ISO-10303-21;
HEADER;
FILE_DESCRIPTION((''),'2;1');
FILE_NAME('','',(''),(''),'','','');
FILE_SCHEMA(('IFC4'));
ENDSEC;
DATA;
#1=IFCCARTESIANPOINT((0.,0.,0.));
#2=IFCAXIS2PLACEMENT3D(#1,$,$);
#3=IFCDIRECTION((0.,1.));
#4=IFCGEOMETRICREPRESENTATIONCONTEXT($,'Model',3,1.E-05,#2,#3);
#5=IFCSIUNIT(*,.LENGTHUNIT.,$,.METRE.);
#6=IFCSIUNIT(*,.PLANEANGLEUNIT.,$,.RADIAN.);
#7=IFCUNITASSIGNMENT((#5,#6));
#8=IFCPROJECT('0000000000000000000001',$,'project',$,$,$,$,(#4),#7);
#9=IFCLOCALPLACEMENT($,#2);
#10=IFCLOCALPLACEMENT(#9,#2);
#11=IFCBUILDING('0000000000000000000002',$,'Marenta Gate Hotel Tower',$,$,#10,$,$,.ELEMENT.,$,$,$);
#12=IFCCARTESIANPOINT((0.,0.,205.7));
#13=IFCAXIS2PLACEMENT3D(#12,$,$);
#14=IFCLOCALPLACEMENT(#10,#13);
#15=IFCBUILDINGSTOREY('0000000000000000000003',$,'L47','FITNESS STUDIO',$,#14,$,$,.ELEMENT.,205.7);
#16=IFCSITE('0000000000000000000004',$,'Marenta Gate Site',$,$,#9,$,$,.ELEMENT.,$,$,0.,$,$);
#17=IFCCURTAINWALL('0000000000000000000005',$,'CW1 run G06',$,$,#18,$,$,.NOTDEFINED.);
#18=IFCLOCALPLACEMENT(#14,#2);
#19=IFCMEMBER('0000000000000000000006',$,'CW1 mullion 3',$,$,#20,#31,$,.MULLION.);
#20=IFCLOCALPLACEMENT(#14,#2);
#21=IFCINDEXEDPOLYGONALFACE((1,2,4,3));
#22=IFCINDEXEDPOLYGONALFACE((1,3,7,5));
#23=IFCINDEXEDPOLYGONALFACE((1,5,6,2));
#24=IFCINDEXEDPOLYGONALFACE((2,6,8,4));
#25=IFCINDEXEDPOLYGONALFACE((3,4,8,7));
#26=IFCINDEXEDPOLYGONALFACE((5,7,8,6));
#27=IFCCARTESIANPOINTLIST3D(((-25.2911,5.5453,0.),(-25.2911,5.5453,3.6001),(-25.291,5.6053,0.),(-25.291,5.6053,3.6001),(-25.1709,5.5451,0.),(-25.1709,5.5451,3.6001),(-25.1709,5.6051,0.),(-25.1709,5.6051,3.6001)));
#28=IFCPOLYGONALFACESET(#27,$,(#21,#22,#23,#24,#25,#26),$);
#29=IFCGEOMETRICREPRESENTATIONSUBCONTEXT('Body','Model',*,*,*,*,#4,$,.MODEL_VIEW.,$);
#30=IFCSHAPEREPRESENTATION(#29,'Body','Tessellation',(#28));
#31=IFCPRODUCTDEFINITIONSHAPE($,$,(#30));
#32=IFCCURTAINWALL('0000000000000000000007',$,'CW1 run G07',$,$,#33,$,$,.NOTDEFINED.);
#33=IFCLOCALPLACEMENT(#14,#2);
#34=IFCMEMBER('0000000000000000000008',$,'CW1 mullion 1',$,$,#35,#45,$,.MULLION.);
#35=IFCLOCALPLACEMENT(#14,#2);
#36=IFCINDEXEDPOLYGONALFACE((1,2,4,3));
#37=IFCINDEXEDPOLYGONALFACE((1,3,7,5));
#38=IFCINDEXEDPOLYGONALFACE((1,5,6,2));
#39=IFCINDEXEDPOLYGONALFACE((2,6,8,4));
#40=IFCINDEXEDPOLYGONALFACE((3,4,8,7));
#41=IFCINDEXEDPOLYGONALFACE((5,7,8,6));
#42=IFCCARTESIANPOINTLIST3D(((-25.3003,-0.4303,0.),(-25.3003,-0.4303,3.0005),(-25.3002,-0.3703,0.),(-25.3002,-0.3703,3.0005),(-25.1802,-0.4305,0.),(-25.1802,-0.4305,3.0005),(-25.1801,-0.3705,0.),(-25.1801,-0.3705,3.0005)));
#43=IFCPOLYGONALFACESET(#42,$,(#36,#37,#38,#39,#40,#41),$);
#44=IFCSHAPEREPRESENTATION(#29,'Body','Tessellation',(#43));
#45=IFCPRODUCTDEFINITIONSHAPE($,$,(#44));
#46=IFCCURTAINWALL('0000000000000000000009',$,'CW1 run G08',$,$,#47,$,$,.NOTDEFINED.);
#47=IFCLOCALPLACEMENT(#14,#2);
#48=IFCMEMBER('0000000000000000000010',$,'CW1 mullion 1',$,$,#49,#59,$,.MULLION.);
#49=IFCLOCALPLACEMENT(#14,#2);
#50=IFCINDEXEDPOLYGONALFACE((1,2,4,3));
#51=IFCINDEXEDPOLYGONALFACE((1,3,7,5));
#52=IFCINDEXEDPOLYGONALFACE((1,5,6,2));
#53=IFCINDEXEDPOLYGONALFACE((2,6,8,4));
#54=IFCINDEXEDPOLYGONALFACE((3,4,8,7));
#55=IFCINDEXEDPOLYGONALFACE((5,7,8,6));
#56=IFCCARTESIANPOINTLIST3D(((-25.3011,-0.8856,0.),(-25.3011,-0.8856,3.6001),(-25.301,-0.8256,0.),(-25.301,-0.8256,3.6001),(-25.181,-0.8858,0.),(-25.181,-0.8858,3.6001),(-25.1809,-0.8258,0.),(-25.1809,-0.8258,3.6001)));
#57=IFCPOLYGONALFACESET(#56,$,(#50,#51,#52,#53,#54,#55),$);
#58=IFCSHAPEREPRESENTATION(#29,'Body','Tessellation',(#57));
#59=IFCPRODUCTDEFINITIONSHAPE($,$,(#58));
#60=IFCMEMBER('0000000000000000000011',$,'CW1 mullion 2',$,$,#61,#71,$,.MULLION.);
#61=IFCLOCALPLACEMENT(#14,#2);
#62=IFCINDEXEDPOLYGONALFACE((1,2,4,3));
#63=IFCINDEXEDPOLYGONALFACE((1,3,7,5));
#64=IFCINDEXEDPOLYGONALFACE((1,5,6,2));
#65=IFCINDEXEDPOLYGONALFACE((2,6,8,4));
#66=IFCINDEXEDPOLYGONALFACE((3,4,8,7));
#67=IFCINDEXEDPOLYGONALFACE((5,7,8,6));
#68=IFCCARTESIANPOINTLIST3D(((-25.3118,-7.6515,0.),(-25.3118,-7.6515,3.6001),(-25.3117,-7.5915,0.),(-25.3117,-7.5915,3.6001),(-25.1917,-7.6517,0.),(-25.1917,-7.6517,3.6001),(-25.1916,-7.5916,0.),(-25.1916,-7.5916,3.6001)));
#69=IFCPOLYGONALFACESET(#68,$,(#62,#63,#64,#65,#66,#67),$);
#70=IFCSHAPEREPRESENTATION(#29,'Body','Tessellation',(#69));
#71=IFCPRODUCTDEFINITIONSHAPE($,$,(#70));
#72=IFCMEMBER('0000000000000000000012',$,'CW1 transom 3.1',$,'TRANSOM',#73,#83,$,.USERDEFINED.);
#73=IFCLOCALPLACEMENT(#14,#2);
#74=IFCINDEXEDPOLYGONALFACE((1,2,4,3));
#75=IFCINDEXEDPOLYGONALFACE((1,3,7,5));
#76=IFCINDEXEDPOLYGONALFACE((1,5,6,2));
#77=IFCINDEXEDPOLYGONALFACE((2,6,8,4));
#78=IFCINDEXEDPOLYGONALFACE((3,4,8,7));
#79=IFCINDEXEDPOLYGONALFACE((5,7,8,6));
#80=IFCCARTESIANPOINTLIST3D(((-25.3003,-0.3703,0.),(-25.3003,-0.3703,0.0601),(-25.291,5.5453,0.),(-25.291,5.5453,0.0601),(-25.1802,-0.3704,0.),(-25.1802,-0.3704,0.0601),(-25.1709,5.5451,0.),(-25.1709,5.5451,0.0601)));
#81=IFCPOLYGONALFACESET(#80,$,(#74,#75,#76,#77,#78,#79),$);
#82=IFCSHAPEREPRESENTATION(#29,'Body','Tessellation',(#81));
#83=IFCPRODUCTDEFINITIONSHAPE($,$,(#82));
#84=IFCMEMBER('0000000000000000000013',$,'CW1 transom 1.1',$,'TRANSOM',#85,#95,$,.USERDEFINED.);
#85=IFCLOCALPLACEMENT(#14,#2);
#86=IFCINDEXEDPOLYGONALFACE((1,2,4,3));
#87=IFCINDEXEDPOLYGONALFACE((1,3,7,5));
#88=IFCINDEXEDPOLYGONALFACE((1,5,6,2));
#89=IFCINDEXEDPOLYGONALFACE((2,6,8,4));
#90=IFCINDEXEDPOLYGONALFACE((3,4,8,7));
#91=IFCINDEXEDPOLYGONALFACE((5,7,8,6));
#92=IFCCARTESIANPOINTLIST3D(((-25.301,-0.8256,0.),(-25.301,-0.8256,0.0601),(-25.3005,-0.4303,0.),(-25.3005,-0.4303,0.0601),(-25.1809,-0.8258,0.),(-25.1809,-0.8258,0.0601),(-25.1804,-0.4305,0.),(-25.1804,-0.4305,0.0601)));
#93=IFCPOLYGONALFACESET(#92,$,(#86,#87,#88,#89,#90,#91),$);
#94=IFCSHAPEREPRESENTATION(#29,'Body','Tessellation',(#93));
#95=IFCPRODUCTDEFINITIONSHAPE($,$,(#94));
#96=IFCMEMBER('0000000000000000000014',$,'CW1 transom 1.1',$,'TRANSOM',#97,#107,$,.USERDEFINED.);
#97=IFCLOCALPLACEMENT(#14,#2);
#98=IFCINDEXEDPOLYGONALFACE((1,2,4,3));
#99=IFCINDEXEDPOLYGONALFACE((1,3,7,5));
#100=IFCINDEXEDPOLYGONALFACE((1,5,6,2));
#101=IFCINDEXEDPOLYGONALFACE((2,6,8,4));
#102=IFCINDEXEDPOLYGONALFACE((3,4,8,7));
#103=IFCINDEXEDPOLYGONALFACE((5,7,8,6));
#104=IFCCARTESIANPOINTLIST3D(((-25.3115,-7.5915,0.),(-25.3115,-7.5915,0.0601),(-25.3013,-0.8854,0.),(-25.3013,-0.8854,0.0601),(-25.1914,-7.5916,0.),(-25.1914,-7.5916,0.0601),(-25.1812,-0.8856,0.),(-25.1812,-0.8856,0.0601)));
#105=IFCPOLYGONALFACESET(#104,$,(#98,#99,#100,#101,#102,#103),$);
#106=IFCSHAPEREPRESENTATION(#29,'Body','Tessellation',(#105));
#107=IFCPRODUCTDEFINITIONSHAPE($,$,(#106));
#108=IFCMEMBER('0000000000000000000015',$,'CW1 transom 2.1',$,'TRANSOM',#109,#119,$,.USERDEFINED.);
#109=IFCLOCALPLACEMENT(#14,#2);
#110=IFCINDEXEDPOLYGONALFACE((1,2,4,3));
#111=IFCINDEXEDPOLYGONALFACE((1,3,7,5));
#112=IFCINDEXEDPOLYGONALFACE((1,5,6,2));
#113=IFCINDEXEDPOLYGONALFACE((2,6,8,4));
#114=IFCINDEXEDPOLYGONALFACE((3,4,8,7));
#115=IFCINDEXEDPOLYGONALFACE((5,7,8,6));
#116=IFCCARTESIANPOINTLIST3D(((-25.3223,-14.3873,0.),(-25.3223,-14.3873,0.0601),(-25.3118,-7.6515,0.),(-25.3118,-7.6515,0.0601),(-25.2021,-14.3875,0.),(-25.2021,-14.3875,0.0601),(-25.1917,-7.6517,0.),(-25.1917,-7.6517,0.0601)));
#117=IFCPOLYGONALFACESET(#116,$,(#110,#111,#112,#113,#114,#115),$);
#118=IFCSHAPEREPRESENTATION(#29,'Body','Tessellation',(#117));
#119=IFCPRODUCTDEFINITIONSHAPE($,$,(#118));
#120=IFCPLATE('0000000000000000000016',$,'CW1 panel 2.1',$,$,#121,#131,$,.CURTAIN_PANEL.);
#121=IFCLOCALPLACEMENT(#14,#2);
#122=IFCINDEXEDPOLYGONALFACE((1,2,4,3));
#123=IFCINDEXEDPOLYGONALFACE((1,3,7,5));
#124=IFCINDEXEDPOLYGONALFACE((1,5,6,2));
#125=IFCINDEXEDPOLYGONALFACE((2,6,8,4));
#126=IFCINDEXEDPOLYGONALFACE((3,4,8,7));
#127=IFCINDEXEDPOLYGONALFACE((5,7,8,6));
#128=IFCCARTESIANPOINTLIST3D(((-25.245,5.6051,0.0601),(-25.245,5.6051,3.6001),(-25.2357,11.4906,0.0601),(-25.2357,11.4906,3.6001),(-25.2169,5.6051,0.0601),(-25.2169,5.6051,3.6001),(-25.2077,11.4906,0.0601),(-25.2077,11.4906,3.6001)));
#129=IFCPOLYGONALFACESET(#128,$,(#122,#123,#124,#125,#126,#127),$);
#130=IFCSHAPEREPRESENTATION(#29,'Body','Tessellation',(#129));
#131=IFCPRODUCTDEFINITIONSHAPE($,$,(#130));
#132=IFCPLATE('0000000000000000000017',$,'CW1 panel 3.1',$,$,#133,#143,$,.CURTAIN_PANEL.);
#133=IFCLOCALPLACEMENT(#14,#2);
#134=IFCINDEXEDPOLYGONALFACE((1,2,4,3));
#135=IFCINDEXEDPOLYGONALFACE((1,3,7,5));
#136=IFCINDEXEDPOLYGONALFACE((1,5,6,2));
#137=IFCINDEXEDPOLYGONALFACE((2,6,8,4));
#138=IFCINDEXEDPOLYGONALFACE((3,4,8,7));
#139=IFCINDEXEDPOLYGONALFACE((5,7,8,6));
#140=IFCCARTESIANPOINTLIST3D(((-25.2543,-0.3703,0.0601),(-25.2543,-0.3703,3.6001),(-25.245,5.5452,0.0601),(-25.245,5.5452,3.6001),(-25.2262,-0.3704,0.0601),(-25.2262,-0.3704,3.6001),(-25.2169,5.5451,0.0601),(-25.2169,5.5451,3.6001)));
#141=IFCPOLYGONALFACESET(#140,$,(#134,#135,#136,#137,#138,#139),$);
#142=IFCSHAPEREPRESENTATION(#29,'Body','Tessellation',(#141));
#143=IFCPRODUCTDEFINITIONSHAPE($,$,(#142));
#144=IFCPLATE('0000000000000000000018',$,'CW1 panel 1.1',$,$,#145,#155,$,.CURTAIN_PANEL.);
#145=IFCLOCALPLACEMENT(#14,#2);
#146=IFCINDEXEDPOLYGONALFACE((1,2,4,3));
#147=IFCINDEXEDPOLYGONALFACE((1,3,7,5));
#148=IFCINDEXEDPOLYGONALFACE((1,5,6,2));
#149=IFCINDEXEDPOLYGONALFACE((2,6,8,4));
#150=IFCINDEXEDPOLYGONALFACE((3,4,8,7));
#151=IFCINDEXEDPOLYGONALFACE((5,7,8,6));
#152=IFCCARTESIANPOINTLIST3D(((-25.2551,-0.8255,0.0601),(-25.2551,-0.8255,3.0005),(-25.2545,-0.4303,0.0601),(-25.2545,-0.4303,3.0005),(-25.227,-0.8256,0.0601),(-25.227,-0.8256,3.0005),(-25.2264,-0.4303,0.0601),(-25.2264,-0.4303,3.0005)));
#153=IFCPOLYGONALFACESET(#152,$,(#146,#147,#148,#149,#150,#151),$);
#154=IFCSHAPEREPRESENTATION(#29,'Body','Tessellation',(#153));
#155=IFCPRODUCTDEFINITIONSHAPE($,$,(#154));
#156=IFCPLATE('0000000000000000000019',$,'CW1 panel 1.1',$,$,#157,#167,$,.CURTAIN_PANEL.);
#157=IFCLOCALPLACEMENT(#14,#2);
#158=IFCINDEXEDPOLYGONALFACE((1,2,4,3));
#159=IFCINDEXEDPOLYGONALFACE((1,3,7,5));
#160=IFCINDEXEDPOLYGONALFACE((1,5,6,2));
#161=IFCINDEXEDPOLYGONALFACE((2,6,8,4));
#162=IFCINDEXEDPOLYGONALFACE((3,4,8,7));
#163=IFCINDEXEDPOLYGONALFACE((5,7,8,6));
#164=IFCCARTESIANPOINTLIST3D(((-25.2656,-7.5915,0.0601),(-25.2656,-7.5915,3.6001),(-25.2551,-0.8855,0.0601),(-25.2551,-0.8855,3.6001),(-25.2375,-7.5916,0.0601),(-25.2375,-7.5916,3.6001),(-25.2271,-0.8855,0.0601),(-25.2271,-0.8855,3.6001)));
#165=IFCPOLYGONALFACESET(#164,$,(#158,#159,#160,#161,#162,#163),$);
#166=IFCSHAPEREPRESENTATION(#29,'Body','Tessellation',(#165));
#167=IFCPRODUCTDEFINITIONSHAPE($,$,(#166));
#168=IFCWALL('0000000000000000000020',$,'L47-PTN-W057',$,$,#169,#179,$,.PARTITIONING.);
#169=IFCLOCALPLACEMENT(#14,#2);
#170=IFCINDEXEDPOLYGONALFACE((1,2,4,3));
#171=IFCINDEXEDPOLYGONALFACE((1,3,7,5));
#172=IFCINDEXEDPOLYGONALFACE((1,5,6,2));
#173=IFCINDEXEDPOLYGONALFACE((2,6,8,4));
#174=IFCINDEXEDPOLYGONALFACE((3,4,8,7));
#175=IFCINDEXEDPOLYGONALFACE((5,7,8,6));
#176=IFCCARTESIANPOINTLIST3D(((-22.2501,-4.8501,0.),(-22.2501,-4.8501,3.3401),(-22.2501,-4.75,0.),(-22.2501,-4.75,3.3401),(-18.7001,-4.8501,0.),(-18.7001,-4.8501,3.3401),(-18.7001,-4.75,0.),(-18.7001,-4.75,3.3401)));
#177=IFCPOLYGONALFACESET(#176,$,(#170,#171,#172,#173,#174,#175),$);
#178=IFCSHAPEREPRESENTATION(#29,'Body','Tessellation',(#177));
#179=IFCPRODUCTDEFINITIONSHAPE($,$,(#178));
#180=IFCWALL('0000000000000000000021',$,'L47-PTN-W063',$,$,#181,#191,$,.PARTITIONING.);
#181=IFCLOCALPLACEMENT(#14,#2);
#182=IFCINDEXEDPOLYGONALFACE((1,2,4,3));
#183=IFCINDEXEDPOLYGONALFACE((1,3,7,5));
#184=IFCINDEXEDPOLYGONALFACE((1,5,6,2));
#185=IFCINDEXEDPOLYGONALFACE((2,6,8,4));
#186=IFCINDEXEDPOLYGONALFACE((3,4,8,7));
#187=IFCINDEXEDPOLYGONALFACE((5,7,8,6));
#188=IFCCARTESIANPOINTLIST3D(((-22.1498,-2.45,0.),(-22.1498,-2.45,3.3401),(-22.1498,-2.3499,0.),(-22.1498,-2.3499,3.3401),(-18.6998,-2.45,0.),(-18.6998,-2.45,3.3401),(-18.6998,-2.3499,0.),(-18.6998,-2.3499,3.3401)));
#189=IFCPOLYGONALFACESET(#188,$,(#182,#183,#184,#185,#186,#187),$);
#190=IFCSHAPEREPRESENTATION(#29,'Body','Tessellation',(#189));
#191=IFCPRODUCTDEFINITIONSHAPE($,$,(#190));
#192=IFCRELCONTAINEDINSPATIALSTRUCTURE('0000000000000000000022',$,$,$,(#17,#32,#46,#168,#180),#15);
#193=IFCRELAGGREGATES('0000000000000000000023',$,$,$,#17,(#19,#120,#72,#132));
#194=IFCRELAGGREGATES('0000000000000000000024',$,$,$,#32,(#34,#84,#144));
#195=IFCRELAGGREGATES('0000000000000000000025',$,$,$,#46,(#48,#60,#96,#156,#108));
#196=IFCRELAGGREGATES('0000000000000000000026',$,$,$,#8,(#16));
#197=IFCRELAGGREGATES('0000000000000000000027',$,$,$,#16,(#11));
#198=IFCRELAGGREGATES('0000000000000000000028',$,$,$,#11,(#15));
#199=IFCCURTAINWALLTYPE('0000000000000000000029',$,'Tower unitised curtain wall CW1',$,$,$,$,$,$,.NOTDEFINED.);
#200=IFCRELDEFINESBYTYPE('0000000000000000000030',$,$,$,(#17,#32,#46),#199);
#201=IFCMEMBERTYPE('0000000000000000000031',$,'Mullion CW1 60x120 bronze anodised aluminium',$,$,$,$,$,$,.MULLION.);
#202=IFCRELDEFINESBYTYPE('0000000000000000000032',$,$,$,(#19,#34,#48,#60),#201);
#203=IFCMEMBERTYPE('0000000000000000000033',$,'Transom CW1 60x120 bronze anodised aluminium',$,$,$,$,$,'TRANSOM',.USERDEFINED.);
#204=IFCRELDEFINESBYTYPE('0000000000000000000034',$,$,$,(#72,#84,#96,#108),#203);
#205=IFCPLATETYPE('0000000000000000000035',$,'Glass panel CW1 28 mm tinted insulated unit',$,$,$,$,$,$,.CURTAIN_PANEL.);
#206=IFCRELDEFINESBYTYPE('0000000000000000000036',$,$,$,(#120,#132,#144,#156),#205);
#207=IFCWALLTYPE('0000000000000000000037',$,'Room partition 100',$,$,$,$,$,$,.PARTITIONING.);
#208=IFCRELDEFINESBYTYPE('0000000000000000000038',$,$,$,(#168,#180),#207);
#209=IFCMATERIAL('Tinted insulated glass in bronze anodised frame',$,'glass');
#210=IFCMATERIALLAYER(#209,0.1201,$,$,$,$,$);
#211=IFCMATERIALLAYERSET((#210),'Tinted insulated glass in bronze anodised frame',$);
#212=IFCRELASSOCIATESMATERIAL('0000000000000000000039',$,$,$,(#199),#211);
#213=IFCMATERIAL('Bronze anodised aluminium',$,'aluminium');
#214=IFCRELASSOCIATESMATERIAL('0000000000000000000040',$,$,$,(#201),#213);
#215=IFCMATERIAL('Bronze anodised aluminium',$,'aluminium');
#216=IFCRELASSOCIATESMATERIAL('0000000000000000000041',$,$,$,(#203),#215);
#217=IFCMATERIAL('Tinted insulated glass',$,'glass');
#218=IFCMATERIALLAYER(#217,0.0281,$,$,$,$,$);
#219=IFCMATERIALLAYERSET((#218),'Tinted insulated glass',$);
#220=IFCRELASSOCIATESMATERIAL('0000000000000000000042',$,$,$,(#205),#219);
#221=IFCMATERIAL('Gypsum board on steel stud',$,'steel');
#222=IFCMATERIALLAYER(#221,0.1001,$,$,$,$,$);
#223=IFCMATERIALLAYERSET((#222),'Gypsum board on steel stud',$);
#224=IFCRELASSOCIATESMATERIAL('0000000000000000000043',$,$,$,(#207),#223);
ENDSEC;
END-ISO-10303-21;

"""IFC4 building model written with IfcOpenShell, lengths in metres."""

from ifc_helpers import new_model, si_unit, direction, frame, frame_2d, origin, origin_2d, place, context, subcontext, project, spatial, rectangle, extrude, material, layer, layer_set, material_profile, profile_set, type_object, element, aggregate, save


model = new_model("IFC4")

# Units and contexts
model_context = context("Model", 3, precision=1e-05, world=origin(), true_north=direction((0.0, 1.0)))
body_context = subcontext(model_context, "Body", "Model", "MODEL_VIEW")
ifc_project = project(units=[si_unit("LENGTHUNIT", "METRE"), si_unit("PLANEANGLEUNIT", "RADIAN")], contexts=[model_context])

# Site, building, storey
site_placement = place(None, origin())
site = spatial("IfcSite", under=ifc_project, at=site_placement, Name="Marenta Gate Site", CompositionType="ELEMENT", RefElevation=0.0)
building_placement = place(site_placement, origin())
building = spatial("IfcBuilding", under=site, at=building_placement, Name="Marenta Gate Hotel Tower", CompositionType="ELEMENT")
storey_placement = place(building_placement, frame((0.0, 0.0, 205.7)))
storey = spatial("IfcBuildingStorey", under=building, at=storey_placement, Name="L47", Description="FITNESS STUDIO", CompositionType="ELEMENT", Elevation=205.7)

# Curtain walls, members
ifc_material_1 = material(Name="Tinted insulated glass in bronze anodised frame", Category="glass")
ifc_layer_1 = layer(ifc_material_1, 0.1201)
ifc_layer_set_1 = layer_set([ifc_layer_1], Name="Tinted insulated glass in bronze anodised frame")
curtain_wall_type = type_object("IfcCurtainWallType", Name="Tower unitised curtain wall CW1", PredefinedType="NOTDEFINED", material=ifc_layer_set_1)
curtain_wall_1_placement = place(storey_placement, origin())
curtain_wall_1 = element("IfcCurtainWall", 1, at=curtain_wall_1_placement, inside=storey, type_object=curtain_wall_type, Name="CW1 run G06", PredefinedType="NOTDEFINED")
ifc_material_2 = material(Name="Bronze anodised aluminium", Category="aluminium")
ifc_material_profile_1 = material_profile(ifc_material_2, rectangle(XDim=0.1201, YDim=0.0601, at=origin_2d()), Name="Mullion CW1 60x120 bronze anodised aluminium")
ifc_profile_set_1 = profile_set([ifc_material_profile_1], Name="Bronze anodised aluminium")
member_type_1 = type_object("IfcMemberType", Name="Mullion CW1 60x120 bronze anodised aluminium", PredefinedType="MULLION", material=ifc_profile_set_1)
member_1_placement = place(storey_placement, frame((-25.231, 5.5752, 0.0), z_axis=(0.0, 0.0, 1.0), x_axis=(0.999999, -0.00157, 0.0)))
member_1 = element("IfcMember", 2, at=member_1_placement, type_object=member_type_1, Name="CW1 mullion 3", PredefinedType="MULLION", context=body_context, shape_type="SweptSolid", body=[
    extrude(rectangle(XDim=0.1201, YDim=0.0601, at=origin_2d()), origin(), (0.0, 0.0, 1.0), 3.6001),
])
curtain_wall_2_placement = place(storey_placement, origin())
curtain_wall_2 = element("IfcCurtainWall", 3, at=curtain_wall_2_placement, inside=storey, type_object=curtain_wall_type, Name="CW1 run G07", PredefinedType="NOTDEFINED")
member_2_placement = place(storey_placement, frame((-25.2402, -0.4004, 0.0), z_axis=(0.0, 0.0, 1.0), x_axis=(0.999999, -0.001538, 0.0)))
member_2 = element("IfcMember", 4, at=member_2_placement, type_object=member_type_1, Name="CW1 mullion 1", PredefinedType="MULLION", context=body_context, shape_type="SweptSolid", body=[
    extrude(rectangle(XDim=0.1201, YDim=0.0601, at=origin_2d()), origin(), (0.0, 0.0, 1.0), 3.0005),
])

# Curtain wall, members
curtain_wall_3_placement = place(storey_placement, origin())
curtain_wall_3 = element("IfcCurtainWall", 5, at=curtain_wall_3_placement, inside=storey, type_object=curtain_wall_type, Name="CW1 run G08", PredefinedType="NOTDEFINED")
member_3_placement = place(storey_placement, frame((-25.241, -0.8557, 0.0), z_axis=(0.0, 0.0, 1.0), x_axis=(0.999999, -0.001565, 0.0)))
member_3 = element("IfcMember", 6, at=member_3_placement, type_object=member_type_1, Name="CW1 mullion 1", PredefinedType="MULLION", context=body_context, shape_type="SweptSolid", body=[
    extrude(rectangle(XDim=0.1201, YDim=0.0601, at=origin_2d()), origin(), (0.0, 0.0, 1.0), 3.6001),
])
member_4_placement = place(storey_placement, frame((-25.2517, -7.6216, 0.0), z_axis=(0.0, 0.0, 1.0), x_axis=(0.999999, -0.001565, 0.0)))
member_4 = element("IfcMember", 7, at=member_4_placement, type_object=member_type_1, Name="CW1 mullion 2", PredefinedType="MULLION", context=body_context, shape_type="SweptSolid", body=[
    extrude(rectangle(XDim=0.1201, YDim=0.0601, at=origin_2d()), origin(), (0.0, 0.0, 1.0), 3.6001),
])

# Members
ifc_material_3 = material(Name="Bronze anodised aluminium", Category="aluminium")
ifc_material_profile_2 = material_profile(ifc_material_3, rectangle(XDim=0.1201, YDim=0.0601, at=origin_2d()), Name="Transom CW1 60x120 bronze anodised aluminium")
ifc_profile_set_2 = profile_set([ifc_material_profile_2], Name="Bronze anodised aluminium")
member_type_2 = type_object("IfcMemberType", Name="Transom CW1 60x120 bronze anodised aluminium", ElementType="TRANSOM", PredefinedType="USERDEFINED", material=ifc_profile_set_2)
member_5_placement = place(storey_placement, frame((-25.231, 5.5452, 0.03), z_axis=(-0.001568, -0.999999, 0.0), x_axis=(0.999999, -0.001568, 0.0)))
member_5 = element("IfcMember", 8, at=member_5_placement, type_object=member_type_2, Name="CW1 transom 3.1", ObjectType="TRANSOM", PredefinedType="USERDEFINED", context=body_context, shape_type="SweptSolid", body=[
    extrude(rectangle(XDim=0.1201, YDim=0.0601, at=origin_2d()), origin(), (0.0, 0.0, 1.0), 5.9155),
])
member_6_placement = place(storey_placement, frame((-25.2405, -0.4304, 0.03), z_axis=(-0.001235, -0.999999, 0.0), x_axis=(0.999999, -0.001235, 0.0)))
member_6 = element("IfcMember", 9, at=member_6_placement, type_object=member_type_2, Name="CW1 transom 1.1", ObjectType="TRANSOM", PredefinedType="USERDEFINED", context=body_context, shape_type="SweptSolid", body=[
    extrude(rectangle(XDim=0.1201, YDim=0.0601, at=origin_2d()), origin(), (0.0, 0.0, 1.0), 0.3953),
])
member_7_placement = place(storey_placement, frame((-25.2412, -0.8855, 0.03), z_axis=(-0.001529, -0.999999, 0.0), x_axis=(0.999999, -0.001529, 0.0)))
member_7 = element("IfcMember", 10, at=member_7_placement, type_object=member_type_2, Name="CW1 transom 1.1", ObjectType="TRANSOM", PredefinedType="USERDEFINED", context=body_context, shape_type="SweptSolid", body=[
    extrude(rectangle(XDim=0.1201, YDim=0.0601, at=origin_2d()), origin(), (0.0, 0.0, 1.0), 6.7061),
])
member_8_placement = place(storey_placement, frame((-25.2517, -7.6516, 0.03), z_axis=(-0.001559, -0.999999, 0.0), x_axis=(0.999999, -0.001559, 0.0)))
member_8 = element("IfcMember", 11, at=member_8_placement, type_object=member_type_2, Name="CW1 transom 2.1", ObjectType="TRANSOM", PredefinedType="USERDEFINED", context=body_context, shape_type="SweptSolid", body=[
    extrude(rectangle(XDim=0.1201, YDim=0.0601, at=origin_2d()), origin(), (0.0, 0.0, 1.0), 6.7358),
])

# Plates
ifc_material_4 = material(Name="Tinted insulated glass", Category="glass")
ifc_layer_2 = layer(ifc_material_4, 0.0281)
ifc_layer_set_2 = layer_set([ifc_layer_2], Name="Tinted insulated glass")
plate_type = type_object("IfcPlateType", Name="Glass panel CW1 28 mm tinted insulated unit", PredefinedType="CURTAIN_PANEL", material=ifc_layer_set_2)
plate_1_placement = place(storey_placement, frame((-25.2263, 8.5479, 0.0601), z_axis=(0.0, 0.0, 1.0), x_axis=(-0.00157, -0.999999, 0.0)))
plate_1 = element("IfcPlate", 12, at=plate_1_placement, type_object=plate_type, Name="CW1 panel 2.1", PredefinedType="CURTAIN_PANEL", context=body_context, shape_type="SweptSolid", body=[
    extrude(rectangle(XDim=5.8855, YDim=0.0281, at=origin_2d()), origin(), (0.0, 0.0, 1.0), 3.54),
])
plate_2_placement = place(storey_placement, frame((-25.2356, 2.5874, 0.0601), z_axis=(0.0, 0.0, 1.0), x_axis=(-0.00157, -0.999999, 0.0)))
plate_2 = element("IfcPlate", 13, at=plate_2_placement, type_object=plate_type, Name="CW1 panel 3.1", PredefinedType="CURTAIN_PANEL", context=body_context, shape_type="SweptSolid", body=[
    extrude(rectangle(XDim=5.9155, YDim=0.0281, at=origin_2d()), origin(), (0.0, 0.0, 1.0), 3.54),
])
aggregate(curtain_wall_1, [member_1, plate_1, member_5, plate_2])
plate_3_placement = place(storey_placement, frame((-25.2407, -0.6279, 0.0601), z_axis=(0.0, 0.0, 1.0), x_axis=(-0.001538, -0.999999, 0.0)))
plate_3 = element("IfcPlate", 14, at=plate_3_placement, type_object=plate_type, Name="CW1 panel 1.1", PredefinedType="CURTAIN_PANEL", context=body_context, shape_type="SweptSolid", body=[
    extrude(rectangle(XDim=0.3953, YDim=0.0281, at=origin_2d()), origin(), (0.0, 0.0, 1.0), 2.9404),
])
aggregate(curtain_wall_2, [member_2, member_6, plate_3])
plate_4_placement = place(storey_placement, frame((-25.2463, -4.2385, 0.0601), z_axis=(0.0, 0.0, 1.0), x_axis=(-0.001565, -0.999999, 0.0)))
plate_4 = element("IfcPlate", 15, at=plate_4_placement, type_object=plate_type, Name="CW1 panel 1.1", PredefinedType="CURTAIN_PANEL", context=body_context, shape_type="SweptSolid", body=[
    extrude(rectangle(XDim=6.7061, YDim=0.0281, at=origin_2d()), origin(), (0.0, 0.0, 1.0), 3.54),
])
aggregate(curtain_wall_3, [member_3, member_4, member_7, plate_4, member_8])

# Walls
ifc_material_5 = material(Name="Gypsum board on steel stud", Category="steel")
ifc_layer_3 = layer(ifc_material_5, 0.1001)
ifc_layer_set_3 = layer_set([ifc_layer_3], Name="Gypsum board on steel stud")
wall_type_1 = type_object("IfcWallType", Name="Room partition 100", PredefinedType="PARTITIONING", material=ifc_layer_set_3)
wall_1_placement = place(storey_placement, frame((-22.25, -4.8, 0.0), z_axis=(0.0, 0.0, 1.0), x_axis=(1.0, 0.0, 0.0)))
element("IfcWall", 16, at=wall_1_placement, inside=storey, type_object=wall_type_1, Name="L47-PTN-W057", PredefinedType="PARTITIONING", context=body_context, shape_type="SweptSolid", body=[
    extrude(rectangle(XDim=3.55, YDim=0.1001, at=frame_2d((1.7749, 0.0))), origin(), (0.0, 0.0, 1.0), 3.3401),
])
wall_2_placement = place(storey_placement, frame((-22.1499, -2.3999, 0.0), z_axis=(0.0, 0.0, 1.0), x_axis=(1.0, 0.0, 0.0)))
element("IfcWall", 17, at=wall_2_placement, inside=storey, type_object=wall_type_1, Name="L47-PTN-W063", PredefinedType="PARTITIONING", context=body_context, shape_type="SweptSolid", body=[
    extrude(rectangle(XDim=3.45, YDim=0.1001, at=frame_2d((1.7251, 0.0))), origin(), (0.0, 0.0, 1.0), 3.3401),
])

save(model, "model.ifc")
